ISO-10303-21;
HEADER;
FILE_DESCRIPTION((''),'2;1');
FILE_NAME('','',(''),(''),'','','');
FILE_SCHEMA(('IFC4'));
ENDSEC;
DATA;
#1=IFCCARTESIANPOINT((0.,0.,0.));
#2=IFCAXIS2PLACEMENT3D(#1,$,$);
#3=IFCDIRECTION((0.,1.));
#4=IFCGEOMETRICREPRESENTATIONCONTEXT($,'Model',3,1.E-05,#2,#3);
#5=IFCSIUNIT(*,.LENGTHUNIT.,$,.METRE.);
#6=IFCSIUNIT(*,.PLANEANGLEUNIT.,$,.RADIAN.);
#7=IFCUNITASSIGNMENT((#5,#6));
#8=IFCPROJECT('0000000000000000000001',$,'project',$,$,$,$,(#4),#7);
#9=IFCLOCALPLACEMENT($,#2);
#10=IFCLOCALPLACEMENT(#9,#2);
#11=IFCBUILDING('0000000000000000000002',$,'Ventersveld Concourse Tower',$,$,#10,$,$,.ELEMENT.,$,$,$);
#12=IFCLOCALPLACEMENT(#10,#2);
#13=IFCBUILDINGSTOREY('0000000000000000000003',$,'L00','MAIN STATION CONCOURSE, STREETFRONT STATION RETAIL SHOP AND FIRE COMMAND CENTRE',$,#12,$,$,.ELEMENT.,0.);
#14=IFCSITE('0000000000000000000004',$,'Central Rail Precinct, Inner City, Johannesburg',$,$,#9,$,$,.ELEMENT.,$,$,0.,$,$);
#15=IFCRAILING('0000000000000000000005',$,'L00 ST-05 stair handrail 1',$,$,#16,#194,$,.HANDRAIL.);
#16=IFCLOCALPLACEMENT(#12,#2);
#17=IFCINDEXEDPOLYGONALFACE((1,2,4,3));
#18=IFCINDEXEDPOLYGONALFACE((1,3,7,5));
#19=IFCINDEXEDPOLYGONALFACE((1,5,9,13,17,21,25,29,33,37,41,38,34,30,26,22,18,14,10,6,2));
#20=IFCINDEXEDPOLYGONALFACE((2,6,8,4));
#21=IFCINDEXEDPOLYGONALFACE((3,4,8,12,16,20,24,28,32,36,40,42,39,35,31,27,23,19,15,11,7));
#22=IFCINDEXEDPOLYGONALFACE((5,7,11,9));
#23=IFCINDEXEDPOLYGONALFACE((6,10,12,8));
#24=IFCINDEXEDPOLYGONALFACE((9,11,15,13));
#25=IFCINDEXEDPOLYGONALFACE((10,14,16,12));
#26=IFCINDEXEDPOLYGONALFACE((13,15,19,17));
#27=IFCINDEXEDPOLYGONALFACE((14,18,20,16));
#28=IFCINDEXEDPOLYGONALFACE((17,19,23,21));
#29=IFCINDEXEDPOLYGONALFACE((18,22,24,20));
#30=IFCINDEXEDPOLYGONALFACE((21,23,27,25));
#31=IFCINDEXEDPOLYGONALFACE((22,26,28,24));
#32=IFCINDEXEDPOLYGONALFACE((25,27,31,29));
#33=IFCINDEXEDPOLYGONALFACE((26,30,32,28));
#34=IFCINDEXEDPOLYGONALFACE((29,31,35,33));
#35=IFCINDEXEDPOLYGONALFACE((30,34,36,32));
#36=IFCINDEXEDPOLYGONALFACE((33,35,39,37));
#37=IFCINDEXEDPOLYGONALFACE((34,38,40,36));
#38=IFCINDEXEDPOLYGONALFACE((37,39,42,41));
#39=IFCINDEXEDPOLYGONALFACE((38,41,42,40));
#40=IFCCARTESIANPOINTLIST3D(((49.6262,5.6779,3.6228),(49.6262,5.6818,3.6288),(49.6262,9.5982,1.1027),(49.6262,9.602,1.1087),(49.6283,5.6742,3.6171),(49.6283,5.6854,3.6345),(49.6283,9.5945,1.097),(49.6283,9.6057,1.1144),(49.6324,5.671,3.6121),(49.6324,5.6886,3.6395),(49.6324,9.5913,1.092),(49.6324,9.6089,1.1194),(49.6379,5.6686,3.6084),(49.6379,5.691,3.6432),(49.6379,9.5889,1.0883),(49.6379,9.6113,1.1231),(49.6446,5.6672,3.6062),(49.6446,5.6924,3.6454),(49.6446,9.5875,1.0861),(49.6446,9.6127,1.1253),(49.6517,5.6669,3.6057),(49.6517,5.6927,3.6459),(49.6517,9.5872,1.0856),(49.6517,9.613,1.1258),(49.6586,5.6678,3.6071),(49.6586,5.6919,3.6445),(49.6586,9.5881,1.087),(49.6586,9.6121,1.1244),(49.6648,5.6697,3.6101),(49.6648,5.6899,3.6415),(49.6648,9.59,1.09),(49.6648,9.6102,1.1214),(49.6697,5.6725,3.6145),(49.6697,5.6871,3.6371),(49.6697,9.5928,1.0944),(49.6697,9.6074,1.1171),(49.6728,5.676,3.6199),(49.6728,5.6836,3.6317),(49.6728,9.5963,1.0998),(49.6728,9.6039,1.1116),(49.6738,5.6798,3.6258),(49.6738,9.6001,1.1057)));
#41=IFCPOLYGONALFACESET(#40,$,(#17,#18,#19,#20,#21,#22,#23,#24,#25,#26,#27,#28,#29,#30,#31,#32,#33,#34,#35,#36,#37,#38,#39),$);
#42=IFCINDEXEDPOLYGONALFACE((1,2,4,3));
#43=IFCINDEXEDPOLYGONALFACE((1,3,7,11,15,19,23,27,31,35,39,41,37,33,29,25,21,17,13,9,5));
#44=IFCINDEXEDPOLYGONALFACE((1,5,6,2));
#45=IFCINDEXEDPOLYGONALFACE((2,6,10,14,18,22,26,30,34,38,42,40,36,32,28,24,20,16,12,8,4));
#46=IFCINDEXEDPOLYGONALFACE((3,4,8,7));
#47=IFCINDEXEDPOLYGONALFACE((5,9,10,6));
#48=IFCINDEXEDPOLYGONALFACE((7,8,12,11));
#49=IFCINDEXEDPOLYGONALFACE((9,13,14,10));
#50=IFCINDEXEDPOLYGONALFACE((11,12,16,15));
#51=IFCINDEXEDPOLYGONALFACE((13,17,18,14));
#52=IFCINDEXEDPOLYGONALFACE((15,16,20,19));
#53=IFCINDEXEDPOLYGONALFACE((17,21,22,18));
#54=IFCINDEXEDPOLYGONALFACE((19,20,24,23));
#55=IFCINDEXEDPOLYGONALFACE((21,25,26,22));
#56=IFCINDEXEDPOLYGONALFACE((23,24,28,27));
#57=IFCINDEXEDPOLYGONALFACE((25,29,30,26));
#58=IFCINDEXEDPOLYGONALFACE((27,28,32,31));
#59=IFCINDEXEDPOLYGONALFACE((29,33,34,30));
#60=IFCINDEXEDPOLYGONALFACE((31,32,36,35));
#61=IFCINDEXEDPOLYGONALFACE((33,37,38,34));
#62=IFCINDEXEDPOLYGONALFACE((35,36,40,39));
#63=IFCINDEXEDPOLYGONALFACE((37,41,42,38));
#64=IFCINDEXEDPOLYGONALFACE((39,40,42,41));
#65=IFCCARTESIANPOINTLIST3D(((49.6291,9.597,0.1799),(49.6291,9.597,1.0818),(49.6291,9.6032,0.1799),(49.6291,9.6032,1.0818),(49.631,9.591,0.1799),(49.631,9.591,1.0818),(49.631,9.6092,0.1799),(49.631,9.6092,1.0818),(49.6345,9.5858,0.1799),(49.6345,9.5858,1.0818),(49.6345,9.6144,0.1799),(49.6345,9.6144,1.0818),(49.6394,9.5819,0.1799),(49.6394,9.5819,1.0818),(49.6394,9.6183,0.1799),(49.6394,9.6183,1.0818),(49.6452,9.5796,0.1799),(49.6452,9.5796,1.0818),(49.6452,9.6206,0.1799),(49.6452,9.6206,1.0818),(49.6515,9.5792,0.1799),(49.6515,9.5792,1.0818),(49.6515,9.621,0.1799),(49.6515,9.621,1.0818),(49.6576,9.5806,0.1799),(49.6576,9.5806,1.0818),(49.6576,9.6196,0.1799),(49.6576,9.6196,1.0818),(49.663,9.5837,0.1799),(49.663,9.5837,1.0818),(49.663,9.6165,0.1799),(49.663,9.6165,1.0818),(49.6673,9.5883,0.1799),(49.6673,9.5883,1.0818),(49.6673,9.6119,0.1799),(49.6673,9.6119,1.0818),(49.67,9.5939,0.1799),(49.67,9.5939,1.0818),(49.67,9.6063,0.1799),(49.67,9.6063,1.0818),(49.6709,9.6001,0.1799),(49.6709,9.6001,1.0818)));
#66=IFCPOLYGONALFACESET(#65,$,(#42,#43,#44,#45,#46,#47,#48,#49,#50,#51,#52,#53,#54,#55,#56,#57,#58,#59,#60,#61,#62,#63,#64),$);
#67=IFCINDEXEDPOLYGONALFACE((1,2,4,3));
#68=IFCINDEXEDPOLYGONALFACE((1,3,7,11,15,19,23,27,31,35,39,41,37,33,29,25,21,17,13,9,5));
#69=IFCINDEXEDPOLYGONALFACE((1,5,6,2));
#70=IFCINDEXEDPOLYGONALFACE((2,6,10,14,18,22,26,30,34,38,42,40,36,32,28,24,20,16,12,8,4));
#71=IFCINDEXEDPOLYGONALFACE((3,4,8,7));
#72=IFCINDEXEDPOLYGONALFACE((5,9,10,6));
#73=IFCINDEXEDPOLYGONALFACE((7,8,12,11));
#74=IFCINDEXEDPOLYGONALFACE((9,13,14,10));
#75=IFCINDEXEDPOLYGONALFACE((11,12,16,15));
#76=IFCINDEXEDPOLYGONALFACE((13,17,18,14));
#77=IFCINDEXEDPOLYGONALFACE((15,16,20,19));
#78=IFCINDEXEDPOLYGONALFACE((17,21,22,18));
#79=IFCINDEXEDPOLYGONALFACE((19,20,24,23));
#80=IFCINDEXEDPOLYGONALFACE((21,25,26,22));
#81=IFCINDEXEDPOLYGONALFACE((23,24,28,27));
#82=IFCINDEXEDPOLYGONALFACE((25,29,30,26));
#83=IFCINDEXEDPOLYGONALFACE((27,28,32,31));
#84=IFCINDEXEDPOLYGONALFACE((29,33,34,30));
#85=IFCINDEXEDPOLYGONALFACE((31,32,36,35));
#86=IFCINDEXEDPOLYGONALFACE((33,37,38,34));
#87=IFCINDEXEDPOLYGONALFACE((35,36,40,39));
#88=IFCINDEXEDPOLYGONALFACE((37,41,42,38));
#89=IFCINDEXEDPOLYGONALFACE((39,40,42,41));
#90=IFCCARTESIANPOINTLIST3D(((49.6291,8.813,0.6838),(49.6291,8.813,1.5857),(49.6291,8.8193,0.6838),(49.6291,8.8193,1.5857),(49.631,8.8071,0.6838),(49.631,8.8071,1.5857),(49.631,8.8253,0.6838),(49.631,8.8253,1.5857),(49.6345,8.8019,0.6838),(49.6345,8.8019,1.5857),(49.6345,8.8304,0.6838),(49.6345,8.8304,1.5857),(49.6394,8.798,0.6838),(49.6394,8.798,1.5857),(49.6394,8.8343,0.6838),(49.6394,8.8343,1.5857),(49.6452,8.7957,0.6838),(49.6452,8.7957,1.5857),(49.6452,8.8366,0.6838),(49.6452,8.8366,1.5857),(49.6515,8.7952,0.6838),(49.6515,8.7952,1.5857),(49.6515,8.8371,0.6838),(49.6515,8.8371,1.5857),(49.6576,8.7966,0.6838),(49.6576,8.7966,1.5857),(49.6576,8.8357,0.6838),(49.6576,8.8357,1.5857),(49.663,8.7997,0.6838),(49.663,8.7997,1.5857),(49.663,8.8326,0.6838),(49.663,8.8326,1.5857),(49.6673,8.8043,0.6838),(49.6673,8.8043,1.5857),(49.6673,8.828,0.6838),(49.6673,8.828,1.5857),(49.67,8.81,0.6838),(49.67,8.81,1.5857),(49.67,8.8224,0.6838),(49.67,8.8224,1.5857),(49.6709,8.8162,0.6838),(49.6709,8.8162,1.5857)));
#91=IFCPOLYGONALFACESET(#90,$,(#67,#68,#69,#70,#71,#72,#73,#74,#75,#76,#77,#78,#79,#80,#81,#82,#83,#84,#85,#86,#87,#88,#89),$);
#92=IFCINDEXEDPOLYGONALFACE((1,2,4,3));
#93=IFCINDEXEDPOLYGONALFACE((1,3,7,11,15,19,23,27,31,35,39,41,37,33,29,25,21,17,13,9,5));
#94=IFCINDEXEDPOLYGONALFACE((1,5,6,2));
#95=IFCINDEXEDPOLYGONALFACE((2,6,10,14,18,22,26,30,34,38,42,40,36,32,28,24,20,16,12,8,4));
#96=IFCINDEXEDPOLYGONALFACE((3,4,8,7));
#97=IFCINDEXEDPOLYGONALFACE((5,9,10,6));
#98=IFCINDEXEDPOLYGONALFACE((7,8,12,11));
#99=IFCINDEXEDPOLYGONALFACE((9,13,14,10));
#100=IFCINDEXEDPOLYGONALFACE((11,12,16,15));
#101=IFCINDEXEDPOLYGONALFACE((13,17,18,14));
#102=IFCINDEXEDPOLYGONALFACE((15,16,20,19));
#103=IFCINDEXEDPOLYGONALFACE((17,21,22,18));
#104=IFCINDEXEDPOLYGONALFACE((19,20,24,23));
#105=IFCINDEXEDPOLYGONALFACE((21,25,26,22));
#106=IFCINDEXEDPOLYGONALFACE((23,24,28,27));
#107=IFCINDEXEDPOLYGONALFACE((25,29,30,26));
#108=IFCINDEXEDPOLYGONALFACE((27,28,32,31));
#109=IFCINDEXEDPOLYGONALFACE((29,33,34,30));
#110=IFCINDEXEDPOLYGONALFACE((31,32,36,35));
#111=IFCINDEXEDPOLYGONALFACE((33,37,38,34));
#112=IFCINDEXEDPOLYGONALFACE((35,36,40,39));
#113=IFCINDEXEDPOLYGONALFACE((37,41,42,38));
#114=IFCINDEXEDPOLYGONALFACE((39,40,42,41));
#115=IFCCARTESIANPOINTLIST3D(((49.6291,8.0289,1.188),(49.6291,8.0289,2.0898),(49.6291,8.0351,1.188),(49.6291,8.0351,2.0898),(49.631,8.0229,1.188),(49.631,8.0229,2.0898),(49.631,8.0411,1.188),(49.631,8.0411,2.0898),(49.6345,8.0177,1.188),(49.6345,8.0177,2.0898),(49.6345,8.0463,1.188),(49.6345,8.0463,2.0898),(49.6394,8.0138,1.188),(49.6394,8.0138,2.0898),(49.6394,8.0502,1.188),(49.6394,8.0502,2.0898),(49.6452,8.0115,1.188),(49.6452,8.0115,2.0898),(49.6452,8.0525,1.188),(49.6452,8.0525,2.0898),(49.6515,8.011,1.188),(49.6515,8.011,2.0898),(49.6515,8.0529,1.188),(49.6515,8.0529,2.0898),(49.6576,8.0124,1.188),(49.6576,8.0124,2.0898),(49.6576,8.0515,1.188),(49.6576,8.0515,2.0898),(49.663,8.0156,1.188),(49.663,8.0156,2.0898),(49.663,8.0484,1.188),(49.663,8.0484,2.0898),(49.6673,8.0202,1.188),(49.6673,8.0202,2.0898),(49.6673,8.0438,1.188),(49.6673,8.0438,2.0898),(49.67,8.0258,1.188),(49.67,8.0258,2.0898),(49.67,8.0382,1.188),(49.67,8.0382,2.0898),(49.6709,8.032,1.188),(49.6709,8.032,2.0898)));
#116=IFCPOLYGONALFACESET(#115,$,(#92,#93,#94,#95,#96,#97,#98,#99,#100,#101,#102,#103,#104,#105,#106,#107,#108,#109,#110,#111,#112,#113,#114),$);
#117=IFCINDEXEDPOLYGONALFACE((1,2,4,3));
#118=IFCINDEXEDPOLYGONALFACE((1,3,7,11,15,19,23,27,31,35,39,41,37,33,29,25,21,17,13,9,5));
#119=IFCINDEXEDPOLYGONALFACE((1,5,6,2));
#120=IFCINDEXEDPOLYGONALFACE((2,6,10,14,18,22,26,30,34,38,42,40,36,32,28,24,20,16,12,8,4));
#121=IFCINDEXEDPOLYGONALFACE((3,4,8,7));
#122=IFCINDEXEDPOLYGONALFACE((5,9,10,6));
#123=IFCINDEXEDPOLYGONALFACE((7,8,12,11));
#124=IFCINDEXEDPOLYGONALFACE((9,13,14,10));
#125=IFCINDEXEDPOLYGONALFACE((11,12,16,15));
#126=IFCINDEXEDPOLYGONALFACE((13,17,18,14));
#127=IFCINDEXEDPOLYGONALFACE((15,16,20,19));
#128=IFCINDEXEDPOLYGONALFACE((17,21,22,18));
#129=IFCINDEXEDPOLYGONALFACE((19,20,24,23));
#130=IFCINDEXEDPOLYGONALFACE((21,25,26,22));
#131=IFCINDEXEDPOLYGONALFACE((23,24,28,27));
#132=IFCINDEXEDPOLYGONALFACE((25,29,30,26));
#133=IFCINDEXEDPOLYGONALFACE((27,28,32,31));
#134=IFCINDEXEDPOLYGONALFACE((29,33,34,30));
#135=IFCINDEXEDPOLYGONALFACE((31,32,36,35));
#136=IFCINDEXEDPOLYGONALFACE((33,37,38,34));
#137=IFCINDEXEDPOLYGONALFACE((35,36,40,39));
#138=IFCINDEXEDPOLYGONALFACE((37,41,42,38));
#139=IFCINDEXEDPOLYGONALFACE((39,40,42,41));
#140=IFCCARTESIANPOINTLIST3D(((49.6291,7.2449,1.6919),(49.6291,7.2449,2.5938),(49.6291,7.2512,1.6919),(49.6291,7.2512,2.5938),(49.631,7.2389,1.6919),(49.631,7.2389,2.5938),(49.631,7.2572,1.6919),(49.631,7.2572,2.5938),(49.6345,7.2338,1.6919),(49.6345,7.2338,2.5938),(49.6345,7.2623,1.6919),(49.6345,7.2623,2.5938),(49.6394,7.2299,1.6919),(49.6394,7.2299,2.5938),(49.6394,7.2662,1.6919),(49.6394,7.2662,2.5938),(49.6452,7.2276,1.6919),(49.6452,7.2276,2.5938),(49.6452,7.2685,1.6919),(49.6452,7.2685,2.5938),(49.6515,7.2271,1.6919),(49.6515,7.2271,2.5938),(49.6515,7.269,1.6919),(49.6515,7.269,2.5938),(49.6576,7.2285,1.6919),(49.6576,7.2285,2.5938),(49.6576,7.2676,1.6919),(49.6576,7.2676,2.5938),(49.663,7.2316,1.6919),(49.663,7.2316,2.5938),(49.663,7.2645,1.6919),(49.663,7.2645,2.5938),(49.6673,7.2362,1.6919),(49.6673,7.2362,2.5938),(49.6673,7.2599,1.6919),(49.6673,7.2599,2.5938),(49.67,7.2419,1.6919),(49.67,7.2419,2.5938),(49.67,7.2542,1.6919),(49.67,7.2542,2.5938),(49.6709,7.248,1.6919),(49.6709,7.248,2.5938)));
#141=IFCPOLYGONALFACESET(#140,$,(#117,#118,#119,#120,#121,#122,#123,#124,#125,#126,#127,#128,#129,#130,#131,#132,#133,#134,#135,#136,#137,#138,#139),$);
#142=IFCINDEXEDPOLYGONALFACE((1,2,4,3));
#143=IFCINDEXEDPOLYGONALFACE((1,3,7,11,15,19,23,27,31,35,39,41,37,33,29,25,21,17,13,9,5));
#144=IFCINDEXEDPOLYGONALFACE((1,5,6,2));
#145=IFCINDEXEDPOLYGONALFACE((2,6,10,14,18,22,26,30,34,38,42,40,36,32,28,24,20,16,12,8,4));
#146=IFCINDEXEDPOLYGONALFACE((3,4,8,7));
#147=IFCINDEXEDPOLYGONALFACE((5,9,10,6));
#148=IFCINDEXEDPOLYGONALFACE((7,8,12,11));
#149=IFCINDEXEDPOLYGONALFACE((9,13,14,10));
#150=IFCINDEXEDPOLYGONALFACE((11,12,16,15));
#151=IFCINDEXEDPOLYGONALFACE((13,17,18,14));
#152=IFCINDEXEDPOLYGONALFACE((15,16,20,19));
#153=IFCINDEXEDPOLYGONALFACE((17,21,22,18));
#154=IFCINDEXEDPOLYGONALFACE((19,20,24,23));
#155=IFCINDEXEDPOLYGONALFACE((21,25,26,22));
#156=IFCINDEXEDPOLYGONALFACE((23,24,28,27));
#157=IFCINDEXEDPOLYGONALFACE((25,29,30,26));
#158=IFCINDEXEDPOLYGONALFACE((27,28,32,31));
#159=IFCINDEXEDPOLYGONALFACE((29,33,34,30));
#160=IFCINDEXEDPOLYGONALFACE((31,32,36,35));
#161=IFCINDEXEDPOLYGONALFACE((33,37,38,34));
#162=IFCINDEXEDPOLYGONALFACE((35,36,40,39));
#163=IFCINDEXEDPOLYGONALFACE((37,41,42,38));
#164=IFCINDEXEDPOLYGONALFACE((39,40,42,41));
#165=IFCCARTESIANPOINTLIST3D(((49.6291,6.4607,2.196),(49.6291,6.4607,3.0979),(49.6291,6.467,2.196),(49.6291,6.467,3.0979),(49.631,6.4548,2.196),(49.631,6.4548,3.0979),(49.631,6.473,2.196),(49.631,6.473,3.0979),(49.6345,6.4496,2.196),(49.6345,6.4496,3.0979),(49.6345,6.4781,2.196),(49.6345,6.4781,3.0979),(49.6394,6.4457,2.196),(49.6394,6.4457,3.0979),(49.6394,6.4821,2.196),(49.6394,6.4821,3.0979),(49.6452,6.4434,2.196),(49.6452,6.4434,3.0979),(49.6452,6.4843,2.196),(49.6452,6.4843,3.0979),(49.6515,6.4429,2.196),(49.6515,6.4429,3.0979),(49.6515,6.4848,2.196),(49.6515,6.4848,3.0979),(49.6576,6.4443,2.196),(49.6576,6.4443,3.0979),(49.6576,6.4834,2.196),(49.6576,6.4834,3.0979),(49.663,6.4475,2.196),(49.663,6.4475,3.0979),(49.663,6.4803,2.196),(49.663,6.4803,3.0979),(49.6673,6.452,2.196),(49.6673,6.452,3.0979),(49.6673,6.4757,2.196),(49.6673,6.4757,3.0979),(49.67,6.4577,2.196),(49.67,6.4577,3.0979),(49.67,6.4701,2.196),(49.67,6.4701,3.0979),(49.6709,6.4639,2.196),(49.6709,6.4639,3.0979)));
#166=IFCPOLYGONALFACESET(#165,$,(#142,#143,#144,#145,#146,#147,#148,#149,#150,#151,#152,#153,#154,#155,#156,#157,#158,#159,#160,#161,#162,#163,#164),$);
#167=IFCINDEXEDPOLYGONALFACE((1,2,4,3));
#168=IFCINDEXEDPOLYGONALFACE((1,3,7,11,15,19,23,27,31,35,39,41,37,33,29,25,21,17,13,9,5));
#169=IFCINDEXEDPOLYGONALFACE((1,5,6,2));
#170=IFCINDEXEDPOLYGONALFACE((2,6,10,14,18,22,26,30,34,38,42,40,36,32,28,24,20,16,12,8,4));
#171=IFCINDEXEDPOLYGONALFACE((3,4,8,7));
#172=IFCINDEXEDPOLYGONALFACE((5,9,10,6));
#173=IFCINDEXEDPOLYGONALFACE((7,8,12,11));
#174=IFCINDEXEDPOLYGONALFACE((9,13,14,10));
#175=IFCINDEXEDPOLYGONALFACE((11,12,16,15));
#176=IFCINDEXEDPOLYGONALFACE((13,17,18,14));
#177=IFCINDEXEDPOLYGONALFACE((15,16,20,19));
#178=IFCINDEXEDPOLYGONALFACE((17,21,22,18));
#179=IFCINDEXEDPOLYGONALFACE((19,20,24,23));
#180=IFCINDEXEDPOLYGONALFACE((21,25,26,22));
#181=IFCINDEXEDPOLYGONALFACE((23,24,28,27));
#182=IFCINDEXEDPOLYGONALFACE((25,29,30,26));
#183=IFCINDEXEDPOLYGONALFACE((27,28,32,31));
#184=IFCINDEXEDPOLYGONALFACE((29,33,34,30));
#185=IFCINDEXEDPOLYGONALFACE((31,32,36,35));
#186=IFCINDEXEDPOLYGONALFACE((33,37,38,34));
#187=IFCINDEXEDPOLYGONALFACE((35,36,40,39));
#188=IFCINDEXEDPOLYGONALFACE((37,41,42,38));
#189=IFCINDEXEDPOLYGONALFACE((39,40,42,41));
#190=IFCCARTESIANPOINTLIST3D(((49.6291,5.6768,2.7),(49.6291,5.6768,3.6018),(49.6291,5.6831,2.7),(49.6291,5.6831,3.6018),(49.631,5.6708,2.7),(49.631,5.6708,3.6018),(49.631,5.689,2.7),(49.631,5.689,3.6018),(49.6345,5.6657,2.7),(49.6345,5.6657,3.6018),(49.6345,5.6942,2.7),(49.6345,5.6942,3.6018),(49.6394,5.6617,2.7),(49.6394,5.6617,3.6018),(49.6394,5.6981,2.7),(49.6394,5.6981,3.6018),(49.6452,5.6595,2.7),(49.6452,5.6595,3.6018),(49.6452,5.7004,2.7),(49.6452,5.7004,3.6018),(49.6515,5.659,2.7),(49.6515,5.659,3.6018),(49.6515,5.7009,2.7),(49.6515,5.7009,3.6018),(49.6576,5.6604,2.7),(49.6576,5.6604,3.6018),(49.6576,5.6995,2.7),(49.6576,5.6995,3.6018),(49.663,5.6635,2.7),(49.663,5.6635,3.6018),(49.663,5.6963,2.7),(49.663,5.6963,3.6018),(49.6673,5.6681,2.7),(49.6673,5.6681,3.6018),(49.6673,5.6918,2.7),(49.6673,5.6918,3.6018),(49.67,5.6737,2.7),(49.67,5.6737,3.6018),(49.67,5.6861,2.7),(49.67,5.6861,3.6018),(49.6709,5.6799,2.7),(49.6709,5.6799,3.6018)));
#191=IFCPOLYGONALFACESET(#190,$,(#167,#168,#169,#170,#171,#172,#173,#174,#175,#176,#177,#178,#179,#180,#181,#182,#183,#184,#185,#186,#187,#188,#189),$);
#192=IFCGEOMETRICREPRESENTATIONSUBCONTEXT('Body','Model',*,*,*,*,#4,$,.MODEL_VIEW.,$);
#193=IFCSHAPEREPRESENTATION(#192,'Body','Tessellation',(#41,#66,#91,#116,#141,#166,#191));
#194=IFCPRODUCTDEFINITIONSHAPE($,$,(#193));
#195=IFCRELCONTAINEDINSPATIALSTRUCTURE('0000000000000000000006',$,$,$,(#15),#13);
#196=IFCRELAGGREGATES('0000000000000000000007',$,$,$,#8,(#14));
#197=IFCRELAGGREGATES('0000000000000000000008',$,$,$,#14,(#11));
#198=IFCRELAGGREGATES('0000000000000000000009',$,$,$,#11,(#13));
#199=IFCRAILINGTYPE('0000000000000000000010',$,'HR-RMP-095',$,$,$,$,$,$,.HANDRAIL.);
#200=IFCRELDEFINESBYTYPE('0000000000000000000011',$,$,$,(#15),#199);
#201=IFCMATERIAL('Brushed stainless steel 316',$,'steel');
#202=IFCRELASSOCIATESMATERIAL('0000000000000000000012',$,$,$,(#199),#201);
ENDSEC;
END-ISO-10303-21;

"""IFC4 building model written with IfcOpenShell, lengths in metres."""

from ifc_helpers import new_model, si_unit, direction, frame, origin, origin_2d, place, context, subcontext, project, spatial, circle, extrude, material, type_object, element, save


model = new_model("IFC4")

# Units and contexts
model_context = context("Model", 3, precision=1e-05, world=origin(), true_north=direction((0.0, 1.0)))
body_context = subcontext(model_context, "Body", "Model", "MODEL_VIEW")
ifc_project = project(units=[si_unit("LENGTHUNIT", "METRE"), si_unit("PLANEANGLEUNIT", "RADIAN")], contexts=[model_context])

# Site, building, storey
site_placement = place(None, origin())
site = spatial("IfcSite", under=ifc_project, at=site_placement, Name="Central Rail Precinct, Inner City, Johannesburg", CompositionType="ELEMENT", RefElevation=0.0)
building_placement = place(site_placement, origin())
building = spatial("IfcBuilding", under=site, at=building_placement, Name="Ventersveld Concourse Tower", CompositionType="ELEMENT")
storey_placement = place(building_placement, origin())
storey = spatial("IfcBuildingStorey", under=building, at=storey_placement, Name="L00", Description="MAIN STATION CONCOURSE, STREETFRONT STATION RETAIL SHOP AND FIRE COMMAND CENTRE", CompositionType="ELEMENT", Elevation=0.0)

# Railing
ifc_material_1 = material(Name="Brushed stainless steel 316", Category="steel")
railing_type_1 = type_object("IfcRailingType", Name="HR-RMP-095", PredefinedType="HANDRAIL", material=ifc_material_1)
railing_1_placement = place(storey_placement, frame((49.6499, 9.6001, 0.1799)))
element("IfcRailing", 1, at=railing_1_placement, inside=storey, type_object=railing_type_1, Name="L00 ST-05 stair handrail 1", PredefinedType="HANDRAIL", context=body_context, shape_type="SweptSolid", body=[
    extrude(circle(Radius=0.0239, at=origin_2d()), frame((0.0, 0.0, 0.9258), z_axis=(0.0, -0.841187, 0.540744), x_axis=(1.0, 0.0, 0.0)), (0.0, 0.0, 1.0), 4.6604),
    extrude(circle(Radius=0.021, at=origin_2d()), origin(), (0.0, 0.0, 1.0), 0.9019),
    extrude(circle(Radius=0.021, at=origin_2d()), frame((0.0, -0.7839, 0.5039)), (0.0, 0.0, 1.0), 0.9019),
    extrude(circle(Radius=0.021, at=origin_2d()), frame((0.0, -1.5681, 1.0081)), (0.0, 0.0, 1.0), 0.9019),
    extrude(circle(Radius=0.021, at=origin_2d()), frame((0.0, -2.3521, 1.512)), (0.0, 0.0, 1.0), 0.9019),
    extrude(circle(Radius=0.021, at=origin_2d()), frame((0.0, -3.1362, 2.0161)), (0.0, 0.0, 1.0), 0.9019),
    extrude(circle(Radius=0.021, at=origin_2d()), frame((0.0, -3.9202, 2.52)), (0.0, 0.0, 1.0), 0.9019),
])

save(model, "model.ifc")
